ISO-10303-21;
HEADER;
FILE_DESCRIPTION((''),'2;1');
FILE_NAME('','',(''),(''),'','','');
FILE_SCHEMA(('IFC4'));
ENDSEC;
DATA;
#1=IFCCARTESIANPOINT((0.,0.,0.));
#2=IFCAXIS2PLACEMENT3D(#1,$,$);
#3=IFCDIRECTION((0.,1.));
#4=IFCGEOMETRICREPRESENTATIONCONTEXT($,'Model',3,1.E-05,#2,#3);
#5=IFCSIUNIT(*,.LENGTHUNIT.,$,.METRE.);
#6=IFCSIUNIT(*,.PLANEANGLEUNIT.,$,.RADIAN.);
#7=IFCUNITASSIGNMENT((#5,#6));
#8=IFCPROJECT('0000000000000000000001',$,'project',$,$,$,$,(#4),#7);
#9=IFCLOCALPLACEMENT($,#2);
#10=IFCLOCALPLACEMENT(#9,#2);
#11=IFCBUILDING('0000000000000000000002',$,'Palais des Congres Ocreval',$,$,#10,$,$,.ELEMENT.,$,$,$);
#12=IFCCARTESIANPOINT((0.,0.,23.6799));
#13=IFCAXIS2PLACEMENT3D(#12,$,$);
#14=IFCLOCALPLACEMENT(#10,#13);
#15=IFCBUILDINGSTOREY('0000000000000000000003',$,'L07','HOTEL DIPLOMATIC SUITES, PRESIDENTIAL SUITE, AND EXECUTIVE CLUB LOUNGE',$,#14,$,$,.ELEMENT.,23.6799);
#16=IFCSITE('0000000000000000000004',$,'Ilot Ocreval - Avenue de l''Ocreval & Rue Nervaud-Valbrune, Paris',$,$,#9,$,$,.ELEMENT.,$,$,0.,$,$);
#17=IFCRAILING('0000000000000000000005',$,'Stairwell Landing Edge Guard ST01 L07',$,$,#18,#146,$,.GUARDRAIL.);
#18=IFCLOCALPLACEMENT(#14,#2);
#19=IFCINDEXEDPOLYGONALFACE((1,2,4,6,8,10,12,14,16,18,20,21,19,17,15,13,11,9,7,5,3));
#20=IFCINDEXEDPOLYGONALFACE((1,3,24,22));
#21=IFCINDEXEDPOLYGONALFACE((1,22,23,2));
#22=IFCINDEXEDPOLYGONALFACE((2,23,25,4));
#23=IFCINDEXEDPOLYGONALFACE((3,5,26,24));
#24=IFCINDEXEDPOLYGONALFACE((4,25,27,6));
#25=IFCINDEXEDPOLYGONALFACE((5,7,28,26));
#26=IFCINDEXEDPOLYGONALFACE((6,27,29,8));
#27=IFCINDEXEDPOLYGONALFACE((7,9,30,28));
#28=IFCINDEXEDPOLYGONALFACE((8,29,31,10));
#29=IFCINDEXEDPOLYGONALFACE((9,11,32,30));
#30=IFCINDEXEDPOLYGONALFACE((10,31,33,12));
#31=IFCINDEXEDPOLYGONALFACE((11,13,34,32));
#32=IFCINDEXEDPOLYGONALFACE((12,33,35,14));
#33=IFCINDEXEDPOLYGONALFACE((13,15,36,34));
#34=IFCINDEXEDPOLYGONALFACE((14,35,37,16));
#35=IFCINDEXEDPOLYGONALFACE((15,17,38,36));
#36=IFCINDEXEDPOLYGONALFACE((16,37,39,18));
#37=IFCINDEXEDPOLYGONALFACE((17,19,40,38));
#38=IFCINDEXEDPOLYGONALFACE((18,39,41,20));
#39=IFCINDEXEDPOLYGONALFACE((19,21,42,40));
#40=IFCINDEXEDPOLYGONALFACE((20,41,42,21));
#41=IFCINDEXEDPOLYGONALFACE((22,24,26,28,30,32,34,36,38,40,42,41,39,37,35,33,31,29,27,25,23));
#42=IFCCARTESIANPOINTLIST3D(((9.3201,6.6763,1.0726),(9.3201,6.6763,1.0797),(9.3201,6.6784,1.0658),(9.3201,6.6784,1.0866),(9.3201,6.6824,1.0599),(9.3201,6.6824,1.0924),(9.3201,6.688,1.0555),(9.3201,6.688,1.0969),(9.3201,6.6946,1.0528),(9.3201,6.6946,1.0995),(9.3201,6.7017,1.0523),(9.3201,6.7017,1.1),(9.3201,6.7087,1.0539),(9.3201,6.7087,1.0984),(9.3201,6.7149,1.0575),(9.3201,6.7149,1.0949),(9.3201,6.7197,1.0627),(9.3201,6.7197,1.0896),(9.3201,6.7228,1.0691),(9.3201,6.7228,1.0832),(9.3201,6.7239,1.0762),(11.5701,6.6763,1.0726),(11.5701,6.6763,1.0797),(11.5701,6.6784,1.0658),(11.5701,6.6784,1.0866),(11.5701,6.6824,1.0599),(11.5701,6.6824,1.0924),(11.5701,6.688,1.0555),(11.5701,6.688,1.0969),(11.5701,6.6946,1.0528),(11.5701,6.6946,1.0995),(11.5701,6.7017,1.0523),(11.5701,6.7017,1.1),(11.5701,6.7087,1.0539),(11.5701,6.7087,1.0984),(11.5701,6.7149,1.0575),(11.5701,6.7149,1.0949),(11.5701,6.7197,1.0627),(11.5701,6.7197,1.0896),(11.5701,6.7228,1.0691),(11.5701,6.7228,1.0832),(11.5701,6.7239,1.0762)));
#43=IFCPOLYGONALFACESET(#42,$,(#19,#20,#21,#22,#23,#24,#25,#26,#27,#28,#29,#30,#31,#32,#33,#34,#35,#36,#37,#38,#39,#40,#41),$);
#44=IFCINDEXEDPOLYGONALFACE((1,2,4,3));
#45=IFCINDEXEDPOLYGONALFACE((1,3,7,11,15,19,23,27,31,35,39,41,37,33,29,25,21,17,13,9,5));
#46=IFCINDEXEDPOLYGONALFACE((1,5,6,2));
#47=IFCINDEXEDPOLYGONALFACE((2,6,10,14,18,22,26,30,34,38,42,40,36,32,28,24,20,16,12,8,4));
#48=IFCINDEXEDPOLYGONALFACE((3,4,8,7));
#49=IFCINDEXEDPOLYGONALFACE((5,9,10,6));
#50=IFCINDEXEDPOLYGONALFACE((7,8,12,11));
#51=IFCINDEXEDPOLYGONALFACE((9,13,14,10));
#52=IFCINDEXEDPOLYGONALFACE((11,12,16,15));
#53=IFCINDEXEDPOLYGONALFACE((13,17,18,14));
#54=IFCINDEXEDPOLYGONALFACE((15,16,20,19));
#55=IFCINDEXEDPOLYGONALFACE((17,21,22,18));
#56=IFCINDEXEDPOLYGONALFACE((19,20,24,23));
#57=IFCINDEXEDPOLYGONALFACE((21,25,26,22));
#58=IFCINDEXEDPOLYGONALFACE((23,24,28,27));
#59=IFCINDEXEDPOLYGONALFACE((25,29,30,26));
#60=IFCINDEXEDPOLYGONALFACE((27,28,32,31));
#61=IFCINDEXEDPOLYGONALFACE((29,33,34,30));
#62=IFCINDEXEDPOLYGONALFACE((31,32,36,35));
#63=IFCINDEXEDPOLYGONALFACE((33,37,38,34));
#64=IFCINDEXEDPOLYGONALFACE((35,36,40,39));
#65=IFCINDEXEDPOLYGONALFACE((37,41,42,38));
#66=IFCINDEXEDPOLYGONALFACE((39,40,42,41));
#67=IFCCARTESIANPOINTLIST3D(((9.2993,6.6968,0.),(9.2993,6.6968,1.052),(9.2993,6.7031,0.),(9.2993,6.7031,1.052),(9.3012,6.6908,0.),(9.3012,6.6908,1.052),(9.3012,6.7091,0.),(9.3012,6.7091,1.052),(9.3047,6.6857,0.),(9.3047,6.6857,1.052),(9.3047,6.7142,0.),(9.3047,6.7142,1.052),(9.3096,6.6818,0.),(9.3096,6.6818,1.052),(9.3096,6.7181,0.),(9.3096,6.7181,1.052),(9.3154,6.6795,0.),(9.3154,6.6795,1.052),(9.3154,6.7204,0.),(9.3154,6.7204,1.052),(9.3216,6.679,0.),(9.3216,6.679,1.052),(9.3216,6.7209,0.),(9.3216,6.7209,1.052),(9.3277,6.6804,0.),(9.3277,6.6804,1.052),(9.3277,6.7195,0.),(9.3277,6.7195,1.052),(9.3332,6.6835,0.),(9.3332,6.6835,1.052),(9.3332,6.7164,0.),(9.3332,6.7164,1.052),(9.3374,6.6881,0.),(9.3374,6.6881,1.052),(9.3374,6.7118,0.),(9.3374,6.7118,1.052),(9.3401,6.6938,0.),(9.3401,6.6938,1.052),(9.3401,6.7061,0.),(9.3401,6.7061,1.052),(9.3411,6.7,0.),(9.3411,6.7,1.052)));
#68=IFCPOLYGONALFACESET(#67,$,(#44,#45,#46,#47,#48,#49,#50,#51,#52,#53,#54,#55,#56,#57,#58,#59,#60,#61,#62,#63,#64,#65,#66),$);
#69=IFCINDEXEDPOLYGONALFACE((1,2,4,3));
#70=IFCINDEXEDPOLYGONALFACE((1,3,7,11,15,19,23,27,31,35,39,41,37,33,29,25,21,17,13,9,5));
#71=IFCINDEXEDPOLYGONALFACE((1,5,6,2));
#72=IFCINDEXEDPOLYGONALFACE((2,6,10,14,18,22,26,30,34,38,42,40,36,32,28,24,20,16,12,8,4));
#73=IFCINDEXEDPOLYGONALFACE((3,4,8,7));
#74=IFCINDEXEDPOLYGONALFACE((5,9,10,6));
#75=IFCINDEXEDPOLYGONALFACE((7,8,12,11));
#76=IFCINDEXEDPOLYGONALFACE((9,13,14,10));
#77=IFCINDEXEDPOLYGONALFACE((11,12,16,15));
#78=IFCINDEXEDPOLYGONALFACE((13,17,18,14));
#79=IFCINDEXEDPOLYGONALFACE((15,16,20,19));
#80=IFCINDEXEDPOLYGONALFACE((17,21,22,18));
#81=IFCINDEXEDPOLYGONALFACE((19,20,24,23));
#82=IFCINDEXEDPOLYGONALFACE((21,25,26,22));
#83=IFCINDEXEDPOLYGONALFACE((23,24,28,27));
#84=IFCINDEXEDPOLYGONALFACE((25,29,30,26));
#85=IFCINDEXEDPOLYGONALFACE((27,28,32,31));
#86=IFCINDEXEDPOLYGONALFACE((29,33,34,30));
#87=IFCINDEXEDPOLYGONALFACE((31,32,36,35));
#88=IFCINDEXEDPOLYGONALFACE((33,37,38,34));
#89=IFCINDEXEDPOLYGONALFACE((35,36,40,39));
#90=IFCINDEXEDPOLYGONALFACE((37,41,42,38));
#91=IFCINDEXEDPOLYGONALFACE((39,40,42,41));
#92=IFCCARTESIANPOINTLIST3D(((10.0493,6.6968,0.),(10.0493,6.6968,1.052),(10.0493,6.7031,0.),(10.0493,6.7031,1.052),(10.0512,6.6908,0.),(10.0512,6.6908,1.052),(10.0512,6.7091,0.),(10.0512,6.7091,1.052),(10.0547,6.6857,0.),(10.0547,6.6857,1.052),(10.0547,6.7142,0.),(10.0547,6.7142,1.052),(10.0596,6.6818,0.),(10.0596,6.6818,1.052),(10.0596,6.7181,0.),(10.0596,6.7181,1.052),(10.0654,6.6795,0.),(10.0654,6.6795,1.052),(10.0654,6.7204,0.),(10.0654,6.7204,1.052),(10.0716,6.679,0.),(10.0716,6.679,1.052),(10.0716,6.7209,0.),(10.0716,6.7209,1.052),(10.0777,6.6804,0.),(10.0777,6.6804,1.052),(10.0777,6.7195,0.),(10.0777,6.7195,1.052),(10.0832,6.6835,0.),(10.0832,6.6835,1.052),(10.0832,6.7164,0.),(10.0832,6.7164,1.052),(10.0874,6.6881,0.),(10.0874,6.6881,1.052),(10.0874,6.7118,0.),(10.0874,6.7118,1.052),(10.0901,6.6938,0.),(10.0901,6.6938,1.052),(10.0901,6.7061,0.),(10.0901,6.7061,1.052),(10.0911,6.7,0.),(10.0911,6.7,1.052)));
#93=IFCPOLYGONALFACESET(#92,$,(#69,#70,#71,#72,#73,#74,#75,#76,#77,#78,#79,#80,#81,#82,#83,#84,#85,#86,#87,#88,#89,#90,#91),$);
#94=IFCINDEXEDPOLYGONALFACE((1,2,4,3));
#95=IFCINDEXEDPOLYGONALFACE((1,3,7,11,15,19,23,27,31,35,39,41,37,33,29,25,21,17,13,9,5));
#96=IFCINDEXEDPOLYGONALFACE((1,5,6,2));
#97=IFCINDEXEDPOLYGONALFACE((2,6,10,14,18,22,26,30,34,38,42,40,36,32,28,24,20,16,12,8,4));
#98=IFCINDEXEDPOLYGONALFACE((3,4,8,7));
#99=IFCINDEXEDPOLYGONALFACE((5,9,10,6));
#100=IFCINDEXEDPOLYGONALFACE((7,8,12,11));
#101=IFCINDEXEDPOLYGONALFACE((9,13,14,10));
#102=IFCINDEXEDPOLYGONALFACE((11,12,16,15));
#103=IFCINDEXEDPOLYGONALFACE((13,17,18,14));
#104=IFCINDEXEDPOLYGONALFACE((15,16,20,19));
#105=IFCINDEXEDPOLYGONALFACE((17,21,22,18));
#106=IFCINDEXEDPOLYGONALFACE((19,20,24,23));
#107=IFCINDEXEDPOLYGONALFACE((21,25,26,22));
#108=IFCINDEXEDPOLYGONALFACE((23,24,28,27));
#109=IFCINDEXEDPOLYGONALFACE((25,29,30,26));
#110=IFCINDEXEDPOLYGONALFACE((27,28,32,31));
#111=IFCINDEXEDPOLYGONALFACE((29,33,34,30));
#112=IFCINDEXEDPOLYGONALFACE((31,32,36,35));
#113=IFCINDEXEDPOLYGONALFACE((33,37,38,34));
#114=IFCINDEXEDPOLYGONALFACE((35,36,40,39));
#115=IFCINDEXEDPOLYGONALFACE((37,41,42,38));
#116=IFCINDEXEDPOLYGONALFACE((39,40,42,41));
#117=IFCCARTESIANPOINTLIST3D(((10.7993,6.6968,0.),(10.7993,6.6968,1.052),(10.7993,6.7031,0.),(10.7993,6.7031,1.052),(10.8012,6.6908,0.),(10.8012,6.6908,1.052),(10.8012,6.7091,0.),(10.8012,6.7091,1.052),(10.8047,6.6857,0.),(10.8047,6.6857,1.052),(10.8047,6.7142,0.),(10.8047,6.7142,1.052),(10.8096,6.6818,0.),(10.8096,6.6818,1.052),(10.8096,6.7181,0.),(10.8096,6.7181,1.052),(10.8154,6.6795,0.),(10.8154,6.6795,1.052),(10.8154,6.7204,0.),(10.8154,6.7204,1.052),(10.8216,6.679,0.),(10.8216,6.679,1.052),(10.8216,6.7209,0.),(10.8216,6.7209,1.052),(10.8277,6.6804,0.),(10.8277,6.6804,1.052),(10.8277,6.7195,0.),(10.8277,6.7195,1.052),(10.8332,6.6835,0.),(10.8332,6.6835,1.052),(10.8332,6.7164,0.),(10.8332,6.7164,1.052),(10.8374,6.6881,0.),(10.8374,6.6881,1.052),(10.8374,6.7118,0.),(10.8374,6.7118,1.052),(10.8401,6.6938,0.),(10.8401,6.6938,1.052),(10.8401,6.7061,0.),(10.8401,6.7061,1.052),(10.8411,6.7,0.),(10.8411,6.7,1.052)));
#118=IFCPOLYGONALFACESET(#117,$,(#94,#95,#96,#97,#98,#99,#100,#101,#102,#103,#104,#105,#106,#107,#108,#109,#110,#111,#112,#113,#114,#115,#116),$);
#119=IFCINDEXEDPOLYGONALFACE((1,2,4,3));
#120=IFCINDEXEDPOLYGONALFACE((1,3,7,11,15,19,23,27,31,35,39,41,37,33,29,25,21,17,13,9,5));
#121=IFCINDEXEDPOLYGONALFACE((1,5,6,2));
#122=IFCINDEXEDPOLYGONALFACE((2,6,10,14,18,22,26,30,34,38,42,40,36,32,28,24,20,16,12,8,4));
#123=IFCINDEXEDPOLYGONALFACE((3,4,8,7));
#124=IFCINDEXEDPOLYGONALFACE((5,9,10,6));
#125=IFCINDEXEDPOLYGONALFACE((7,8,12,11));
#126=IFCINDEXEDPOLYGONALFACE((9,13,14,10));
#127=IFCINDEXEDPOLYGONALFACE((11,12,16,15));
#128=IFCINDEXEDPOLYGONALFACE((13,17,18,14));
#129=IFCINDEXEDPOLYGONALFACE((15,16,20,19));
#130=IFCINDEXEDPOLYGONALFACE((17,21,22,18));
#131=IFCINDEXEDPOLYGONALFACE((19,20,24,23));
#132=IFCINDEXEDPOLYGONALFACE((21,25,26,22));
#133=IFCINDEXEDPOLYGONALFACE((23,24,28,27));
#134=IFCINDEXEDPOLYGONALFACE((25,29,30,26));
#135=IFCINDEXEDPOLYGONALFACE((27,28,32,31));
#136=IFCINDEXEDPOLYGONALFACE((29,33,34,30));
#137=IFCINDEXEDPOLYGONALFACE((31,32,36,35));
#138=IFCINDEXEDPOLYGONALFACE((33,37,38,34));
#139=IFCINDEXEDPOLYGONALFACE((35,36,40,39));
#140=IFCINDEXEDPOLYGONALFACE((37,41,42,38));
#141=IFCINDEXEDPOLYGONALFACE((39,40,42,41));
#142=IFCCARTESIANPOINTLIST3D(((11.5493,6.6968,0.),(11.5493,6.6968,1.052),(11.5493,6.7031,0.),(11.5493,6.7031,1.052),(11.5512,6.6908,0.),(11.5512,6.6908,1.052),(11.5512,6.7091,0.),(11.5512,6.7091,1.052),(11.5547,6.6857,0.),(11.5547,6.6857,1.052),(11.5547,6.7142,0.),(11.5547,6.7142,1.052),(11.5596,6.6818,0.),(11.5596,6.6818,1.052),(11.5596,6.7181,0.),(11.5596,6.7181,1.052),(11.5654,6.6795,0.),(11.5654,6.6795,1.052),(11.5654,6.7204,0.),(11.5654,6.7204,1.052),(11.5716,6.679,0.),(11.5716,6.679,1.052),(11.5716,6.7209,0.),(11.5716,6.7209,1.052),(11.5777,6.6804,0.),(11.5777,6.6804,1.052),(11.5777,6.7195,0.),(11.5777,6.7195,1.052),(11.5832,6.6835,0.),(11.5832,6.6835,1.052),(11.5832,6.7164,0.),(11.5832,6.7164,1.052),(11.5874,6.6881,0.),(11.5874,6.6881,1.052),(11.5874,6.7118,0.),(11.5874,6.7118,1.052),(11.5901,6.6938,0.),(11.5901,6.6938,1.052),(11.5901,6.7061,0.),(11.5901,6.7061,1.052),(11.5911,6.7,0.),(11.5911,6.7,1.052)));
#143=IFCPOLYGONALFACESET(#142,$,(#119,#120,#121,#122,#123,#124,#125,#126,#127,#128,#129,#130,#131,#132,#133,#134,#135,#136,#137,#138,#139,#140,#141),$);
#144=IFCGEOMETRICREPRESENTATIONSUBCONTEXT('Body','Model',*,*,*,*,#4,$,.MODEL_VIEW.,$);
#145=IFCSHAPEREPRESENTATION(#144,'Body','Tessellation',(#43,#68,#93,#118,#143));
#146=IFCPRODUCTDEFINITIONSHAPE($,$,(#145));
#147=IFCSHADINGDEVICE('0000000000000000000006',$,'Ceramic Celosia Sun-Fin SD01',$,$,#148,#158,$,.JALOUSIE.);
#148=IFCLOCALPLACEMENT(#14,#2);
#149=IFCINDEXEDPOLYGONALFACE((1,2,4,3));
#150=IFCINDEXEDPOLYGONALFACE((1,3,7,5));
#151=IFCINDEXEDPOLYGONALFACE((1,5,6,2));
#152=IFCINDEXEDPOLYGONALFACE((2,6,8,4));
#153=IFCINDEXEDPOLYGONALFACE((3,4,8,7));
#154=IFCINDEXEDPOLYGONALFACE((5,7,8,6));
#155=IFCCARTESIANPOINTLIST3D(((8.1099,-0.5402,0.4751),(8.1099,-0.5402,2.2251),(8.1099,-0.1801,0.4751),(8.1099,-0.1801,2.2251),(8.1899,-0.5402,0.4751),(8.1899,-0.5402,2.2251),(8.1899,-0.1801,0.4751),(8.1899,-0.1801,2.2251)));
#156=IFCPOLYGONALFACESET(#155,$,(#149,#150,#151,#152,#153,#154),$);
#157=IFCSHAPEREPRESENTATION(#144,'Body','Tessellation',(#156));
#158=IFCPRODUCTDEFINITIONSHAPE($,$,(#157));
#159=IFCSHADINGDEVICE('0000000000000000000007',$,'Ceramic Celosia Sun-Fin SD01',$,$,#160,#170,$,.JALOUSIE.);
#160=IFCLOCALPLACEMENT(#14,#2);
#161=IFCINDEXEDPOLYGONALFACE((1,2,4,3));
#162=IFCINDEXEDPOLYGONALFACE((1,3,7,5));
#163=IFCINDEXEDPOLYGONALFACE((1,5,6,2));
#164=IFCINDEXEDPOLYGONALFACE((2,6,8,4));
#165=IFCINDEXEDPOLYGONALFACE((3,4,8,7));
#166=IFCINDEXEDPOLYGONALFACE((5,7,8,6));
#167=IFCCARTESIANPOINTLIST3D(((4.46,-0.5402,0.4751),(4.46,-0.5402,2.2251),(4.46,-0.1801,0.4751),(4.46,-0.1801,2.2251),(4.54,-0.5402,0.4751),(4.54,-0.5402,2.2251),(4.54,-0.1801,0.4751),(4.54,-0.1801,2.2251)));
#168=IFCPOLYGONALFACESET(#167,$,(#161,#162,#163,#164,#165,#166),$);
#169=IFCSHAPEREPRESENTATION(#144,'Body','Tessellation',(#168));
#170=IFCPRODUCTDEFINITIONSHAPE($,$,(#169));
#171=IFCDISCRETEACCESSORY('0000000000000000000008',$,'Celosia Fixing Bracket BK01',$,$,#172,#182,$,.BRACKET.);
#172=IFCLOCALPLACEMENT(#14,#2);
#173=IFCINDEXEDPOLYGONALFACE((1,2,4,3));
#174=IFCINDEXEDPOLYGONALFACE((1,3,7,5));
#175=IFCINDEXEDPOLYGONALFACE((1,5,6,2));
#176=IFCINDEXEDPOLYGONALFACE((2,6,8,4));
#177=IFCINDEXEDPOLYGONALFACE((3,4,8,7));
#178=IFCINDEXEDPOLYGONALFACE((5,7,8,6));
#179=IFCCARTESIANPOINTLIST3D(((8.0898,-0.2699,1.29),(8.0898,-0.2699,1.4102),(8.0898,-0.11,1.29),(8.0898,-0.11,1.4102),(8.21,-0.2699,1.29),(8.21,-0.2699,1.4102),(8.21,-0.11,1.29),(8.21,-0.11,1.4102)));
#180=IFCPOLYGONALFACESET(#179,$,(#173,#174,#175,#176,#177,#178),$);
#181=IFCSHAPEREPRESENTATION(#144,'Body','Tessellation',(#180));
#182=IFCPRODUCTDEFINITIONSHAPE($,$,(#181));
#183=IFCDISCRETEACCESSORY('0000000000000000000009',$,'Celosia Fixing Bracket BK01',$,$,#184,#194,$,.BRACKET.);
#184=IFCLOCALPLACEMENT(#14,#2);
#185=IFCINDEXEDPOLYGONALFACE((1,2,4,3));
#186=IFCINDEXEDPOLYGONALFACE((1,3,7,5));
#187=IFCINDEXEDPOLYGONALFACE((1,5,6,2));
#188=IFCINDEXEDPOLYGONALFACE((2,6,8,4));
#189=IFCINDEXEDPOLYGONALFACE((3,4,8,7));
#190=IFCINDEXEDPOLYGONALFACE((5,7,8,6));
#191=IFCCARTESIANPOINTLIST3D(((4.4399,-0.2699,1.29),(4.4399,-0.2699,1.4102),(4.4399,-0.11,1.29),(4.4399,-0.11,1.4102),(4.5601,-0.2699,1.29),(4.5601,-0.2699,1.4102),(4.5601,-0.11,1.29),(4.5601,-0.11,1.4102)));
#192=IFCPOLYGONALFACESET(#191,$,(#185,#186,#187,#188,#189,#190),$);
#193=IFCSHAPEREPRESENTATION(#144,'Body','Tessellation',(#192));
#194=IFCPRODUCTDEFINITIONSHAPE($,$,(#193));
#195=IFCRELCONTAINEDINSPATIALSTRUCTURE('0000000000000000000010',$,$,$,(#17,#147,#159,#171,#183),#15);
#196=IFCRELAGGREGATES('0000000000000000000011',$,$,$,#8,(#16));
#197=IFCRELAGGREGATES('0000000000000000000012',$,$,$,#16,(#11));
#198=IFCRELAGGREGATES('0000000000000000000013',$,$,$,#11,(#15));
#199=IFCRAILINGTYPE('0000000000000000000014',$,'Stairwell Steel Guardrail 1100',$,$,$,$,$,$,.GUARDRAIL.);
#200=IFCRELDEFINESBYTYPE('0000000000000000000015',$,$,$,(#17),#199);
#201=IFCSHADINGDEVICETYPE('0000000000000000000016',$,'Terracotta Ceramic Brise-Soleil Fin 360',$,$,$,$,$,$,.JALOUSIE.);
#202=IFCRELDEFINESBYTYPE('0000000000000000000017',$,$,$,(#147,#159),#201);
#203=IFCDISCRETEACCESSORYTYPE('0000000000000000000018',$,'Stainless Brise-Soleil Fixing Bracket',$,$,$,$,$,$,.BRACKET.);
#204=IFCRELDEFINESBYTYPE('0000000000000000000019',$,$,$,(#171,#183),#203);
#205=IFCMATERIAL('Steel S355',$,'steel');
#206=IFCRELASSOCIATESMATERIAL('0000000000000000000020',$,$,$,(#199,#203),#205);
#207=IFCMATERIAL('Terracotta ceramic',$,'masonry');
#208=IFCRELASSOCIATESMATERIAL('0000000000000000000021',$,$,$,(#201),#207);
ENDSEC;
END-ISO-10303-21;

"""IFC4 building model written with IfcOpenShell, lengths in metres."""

from ifc_helpers import new_model, si_unit, direction, frame, origin, origin_2d, place, context, subcontext, project, spatial, rectangle, circle, extrude, material, type_object, element, save


model = new_model("IFC4")

# Units and contexts
model_context = context("Model", 3, precision=1e-05, world=origin(), true_north=direction((0.0, 1.0)))
body_context = subcontext(model_context, "Body", "Model", "MODEL_VIEW")
ifc_project = project(units=[si_unit("LENGTHUNIT", "METRE"), si_unit("PLANEANGLEUNIT", "RADIAN")], contexts=[model_context])

# Site, building, storey
site_placement = place(None, origin())
site = spatial("IfcSite", under=ifc_project, at=site_placement, Name="Ilot Ocreval - Avenue de l'Ocreval & Rue Nervaud-Valbrune, Paris", CompositionType="ELEMENT", RefElevation=0.0)
building_placement = place(site_placement, origin())
building = spatial("IfcBuilding", under=site, at=building_placement, Name="Palais des Congres Ocreval", CompositionType="ELEMENT")
storey_placement = place(building_placement, frame((0.0, 0.0, 23.6799)))
storey = spatial("IfcBuildingStorey", under=building, at=storey_placement, Name="L07", Description="HOTEL DIPLOMATIC SUITES, PRESIDENTIAL SUITE, AND EXECUTIVE CLUB LOUNGE", CompositionType="ELEMENT", Elevation=23.6799)

# Shared definitions
ifc_material_1 = material(Name="Steel S355", Category="steel")

# Railing
railing_type_1 = type_object("IfcRailingType", Name="Stairwell Steel Guardrail 1100", PredefinedType="GUARDRAIL", material=ifc_material_1)
railing_1_placement = place(storey_placement, frame((9.3201, 6.7, 0.0)))
element("IfcRailing", 1, at=railing_1_placement, inside=storey, type_object=railing_type_1, Name="Stairwell Landing Edge Guard ST01 L07", PredefinedType="GUARDRAIL", context=body_context, shape_type="SweptSolid", body=[
    extrude(circle(Radius=0.0239, at=origin_2d()), frame((0.0, 0.0, 1.0762), z_axis=(1.0, 0.0, 0.0), x_axis=(0.0, 1.0, 0.0)), (0.0, 0.0, 1.0), 2.25),
    extrude(circle(Radius=0.021, at=origin_2d()), origin(), (0.0, 0.0, 1.0), 1.052),
    extrude(circle(Radius=0.021, at=origin_2d()), frame((0.75, 0.0, 0.0)), (0.0, 0.0, 1.0), 1.052),
    extrude(circle(Radius=0.021, at=origin_2d()), frame((1.5, 0.0, 0.0)), (0.0, 0.0, 1.0), 1.052),
    extrude(circle(Radius=0.021, at=origin_2d()), frame((2.25, 0.0, 0.0)), (0.0, 0.0, 1.0), 1.052),
])

# Shading devices
ifc_material_2 = material(Name="Terracotta ceramic", Category="masonry")
shading_device_type = type_object("IfcShadingDeviceType", Name="Terracotta Ceramic Brise-Soleil Fin 360", PredefinedType="JALOUSIE", material=ifc_material_2)
for number, where, z_axis, x_axis, name in (
    (2, (8.1499, -0.3601, 0.4751), (0.0, 0.0, 1.0), (0.0, -1.0, 0.0), "Ceramic Celosia Sun-Fin SD01"),
    (3, (4.5, -0.3601, 0.4751), (0.0, 0.0, 1.0), (0.0, -1.0, 0.0), "Ceramic Celosia Sun-Fin SD01"),
):
    element("IfcShadingDevice", number, at=place(storey_placement, frame(where, z_axis=z_axis, x_axis=x_axis)), inside=storey, type_object=shading_device_type, Name=name, PredefinedType="JALOUSIE", context=body_context, shape_type="SweptSolid", body=[
        extrude(rectangle(XDim=0.3601, YDim=0.0801, at=origin_2d()), origin(), (0.0, 0.0, 1.0), 1.75),
    ])

# Discrete accessories
discrete_accessory_type = type_object("IfcDiscreteAccessoryType", Name="Stainless Brise-Soleil Fixing Bracket", PredefinedType="BRACKET", material=ifc_material_1)
for number, where, z_axis, x_axis, name in (
    (4, (8.1499, -0.1899, 1.29), (0.0, 0.0, 1.0), (0.0, -1.0, 0.0), "Celosia Fixing Bracket BK01"),
    (5, (4.5, -0.1899, 1.29), (0.0, 0.0, 1.0), (0.0, -1.0, 0.0), "Celosia Fixing Bracket BK01"),
):
    element("IfcDiscreteAccessory", number, at=place(storey_placement, frame(where, z_axis=z_axis, x_axis=x_axis)), inside=storey, type_object=discrete_accessory_type, Name=name, PredefinedType="BRACKET", context=body_context, shape_type="SweptSolid", body=[
        extrude(rectangle(XDim=0.1599, YDim=0.1201, at=origin_2d()), origin(), (0.0, 0.0, 1.0), 0.1201),
    ])

save(model, "model.ifc")
